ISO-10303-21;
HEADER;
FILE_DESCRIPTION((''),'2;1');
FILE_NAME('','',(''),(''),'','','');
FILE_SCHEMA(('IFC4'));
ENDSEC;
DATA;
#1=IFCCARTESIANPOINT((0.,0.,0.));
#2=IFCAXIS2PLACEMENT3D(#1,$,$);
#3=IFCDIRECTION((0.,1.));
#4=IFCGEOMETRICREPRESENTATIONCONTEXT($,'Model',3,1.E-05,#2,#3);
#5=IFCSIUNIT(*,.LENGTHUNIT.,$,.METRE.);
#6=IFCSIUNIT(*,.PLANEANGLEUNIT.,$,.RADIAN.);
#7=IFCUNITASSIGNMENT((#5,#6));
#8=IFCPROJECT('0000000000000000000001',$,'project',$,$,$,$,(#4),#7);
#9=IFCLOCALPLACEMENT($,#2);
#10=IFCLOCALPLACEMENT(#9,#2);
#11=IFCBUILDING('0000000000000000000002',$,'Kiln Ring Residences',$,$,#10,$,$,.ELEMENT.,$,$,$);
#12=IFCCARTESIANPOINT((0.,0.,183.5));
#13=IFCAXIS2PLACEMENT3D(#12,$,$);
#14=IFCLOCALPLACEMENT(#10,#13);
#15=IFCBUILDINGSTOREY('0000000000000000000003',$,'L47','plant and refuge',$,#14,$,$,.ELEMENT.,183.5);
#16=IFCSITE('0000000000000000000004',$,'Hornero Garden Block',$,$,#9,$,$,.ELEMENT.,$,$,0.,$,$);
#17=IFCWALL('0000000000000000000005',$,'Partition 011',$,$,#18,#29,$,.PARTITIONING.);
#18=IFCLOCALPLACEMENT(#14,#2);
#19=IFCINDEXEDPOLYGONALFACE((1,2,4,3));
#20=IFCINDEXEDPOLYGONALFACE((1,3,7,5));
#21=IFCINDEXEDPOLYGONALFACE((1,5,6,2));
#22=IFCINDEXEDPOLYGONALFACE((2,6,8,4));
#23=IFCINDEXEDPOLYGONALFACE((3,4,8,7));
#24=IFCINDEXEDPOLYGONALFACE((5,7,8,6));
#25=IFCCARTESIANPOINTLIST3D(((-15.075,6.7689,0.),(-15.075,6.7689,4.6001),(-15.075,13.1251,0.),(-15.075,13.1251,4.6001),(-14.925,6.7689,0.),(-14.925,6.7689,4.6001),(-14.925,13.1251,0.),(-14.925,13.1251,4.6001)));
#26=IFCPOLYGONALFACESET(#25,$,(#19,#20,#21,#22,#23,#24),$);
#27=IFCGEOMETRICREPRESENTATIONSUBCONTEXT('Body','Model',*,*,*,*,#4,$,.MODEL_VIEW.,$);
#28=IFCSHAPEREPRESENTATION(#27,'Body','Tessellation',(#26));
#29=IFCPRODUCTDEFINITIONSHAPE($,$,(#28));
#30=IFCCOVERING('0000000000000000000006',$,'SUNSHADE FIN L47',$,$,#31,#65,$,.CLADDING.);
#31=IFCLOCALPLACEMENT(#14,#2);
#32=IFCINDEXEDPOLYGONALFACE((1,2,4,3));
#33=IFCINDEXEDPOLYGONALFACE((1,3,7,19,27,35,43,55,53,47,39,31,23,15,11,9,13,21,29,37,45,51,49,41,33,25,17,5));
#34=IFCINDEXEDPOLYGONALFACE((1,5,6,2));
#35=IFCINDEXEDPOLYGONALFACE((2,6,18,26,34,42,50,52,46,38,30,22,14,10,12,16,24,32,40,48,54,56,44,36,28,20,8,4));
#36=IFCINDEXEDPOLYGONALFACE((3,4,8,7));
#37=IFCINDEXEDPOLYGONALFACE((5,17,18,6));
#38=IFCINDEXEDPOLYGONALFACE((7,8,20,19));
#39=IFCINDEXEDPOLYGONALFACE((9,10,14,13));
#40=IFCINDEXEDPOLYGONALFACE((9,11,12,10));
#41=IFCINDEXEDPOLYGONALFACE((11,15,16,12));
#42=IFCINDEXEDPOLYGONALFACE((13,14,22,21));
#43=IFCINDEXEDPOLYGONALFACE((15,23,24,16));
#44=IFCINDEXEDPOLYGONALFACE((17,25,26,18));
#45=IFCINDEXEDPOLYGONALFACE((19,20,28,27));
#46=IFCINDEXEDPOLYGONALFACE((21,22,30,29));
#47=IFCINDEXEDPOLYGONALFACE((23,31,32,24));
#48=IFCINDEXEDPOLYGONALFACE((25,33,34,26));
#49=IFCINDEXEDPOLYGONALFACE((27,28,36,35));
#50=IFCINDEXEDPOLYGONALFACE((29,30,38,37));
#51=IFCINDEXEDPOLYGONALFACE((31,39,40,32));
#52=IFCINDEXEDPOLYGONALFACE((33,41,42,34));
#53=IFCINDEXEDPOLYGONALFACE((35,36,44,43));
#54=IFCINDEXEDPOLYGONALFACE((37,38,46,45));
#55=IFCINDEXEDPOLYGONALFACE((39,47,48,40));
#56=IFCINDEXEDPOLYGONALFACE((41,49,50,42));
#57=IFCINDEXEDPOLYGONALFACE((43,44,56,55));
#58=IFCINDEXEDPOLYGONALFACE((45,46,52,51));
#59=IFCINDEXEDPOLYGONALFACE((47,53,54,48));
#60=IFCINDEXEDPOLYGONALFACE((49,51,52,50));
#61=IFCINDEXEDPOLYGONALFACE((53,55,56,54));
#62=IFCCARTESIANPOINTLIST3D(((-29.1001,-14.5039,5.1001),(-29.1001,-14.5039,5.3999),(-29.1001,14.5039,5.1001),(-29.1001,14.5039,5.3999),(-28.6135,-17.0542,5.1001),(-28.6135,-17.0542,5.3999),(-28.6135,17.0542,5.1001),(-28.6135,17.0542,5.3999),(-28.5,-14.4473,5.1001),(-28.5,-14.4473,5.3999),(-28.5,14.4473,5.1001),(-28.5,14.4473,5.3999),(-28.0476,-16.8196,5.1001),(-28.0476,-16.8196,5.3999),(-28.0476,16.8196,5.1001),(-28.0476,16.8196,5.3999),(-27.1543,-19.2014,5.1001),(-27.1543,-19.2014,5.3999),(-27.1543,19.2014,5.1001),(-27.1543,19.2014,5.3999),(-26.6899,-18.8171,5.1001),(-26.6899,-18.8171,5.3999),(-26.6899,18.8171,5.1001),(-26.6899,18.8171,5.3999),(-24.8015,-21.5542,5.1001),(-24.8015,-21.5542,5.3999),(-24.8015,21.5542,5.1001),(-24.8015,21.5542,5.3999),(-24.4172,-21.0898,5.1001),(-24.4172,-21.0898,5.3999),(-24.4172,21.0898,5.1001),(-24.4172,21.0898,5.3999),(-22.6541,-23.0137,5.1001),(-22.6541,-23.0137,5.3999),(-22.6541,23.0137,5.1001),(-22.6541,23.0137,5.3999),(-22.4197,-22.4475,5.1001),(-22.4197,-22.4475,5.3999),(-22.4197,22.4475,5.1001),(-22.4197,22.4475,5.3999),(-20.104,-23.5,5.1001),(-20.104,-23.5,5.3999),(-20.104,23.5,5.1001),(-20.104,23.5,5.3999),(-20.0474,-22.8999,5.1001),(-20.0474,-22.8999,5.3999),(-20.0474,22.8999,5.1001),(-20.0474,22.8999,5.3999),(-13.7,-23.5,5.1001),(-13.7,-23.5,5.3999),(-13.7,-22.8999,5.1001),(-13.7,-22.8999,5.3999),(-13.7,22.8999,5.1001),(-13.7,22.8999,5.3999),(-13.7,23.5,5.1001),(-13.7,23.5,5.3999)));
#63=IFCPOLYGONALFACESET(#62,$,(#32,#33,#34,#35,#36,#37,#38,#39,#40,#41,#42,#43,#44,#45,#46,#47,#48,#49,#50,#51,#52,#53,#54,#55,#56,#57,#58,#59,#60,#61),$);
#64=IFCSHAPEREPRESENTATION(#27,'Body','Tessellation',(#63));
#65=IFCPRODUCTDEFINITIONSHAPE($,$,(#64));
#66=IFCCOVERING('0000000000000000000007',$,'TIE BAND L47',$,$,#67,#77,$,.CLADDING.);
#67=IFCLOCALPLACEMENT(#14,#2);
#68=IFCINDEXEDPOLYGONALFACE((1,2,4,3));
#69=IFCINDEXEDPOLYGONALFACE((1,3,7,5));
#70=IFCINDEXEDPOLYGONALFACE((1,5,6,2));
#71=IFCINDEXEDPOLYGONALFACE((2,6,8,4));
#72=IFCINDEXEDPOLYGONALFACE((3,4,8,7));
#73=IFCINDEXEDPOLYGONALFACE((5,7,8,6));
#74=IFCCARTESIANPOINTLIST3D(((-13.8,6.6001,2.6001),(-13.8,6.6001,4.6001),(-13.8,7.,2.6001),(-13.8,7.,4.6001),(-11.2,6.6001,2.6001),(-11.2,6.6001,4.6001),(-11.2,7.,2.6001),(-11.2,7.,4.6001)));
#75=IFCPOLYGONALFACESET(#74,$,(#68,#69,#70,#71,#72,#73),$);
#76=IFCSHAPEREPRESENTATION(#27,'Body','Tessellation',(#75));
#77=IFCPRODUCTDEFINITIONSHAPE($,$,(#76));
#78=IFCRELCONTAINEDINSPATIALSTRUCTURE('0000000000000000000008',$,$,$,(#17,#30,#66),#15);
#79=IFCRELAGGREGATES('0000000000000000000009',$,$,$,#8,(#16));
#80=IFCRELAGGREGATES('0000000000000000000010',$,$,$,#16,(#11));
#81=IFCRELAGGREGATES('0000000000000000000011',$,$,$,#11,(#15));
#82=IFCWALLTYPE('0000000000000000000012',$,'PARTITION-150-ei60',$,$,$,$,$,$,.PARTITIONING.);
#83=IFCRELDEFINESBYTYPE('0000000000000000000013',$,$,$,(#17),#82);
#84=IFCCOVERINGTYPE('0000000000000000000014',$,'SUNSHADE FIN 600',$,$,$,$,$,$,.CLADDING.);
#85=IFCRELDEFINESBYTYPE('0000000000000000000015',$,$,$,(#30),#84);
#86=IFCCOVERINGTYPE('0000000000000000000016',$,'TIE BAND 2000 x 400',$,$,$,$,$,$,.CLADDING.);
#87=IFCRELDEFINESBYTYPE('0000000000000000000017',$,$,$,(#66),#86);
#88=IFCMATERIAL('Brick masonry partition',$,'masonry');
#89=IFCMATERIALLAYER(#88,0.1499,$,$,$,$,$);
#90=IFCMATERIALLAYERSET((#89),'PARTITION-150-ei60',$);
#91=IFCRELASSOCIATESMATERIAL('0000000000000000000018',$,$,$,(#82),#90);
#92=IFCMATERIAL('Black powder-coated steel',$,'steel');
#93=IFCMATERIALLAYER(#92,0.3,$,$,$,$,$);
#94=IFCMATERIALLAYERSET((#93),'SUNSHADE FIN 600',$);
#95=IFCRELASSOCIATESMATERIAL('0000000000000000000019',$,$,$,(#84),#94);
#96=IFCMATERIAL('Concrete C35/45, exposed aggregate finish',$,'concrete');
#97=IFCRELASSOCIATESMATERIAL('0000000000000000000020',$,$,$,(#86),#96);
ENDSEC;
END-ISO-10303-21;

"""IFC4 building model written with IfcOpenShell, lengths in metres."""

from ifc_helpers import new_model, si_unit, direction, frame, frame_2d, origin, origin_2d, place, context, subcontext, project, spatial, polyline, rectangle, outline, extrude, material, layer, layer_set, type_object, element, save


model = new_model("IFC4")

# Units and contexts
model_context = context("Model", 3, precision=1e-05, world=origin(), true_north=direction((0.0, 1.0)))
body_context = subcontext(model_context, "Body", "Model", "MODEL_VIEW")
ifc_project = project(units=[si_unit("LENGTHUNIT", "METRE"), si_unit("PLANEANGLEUNIT", "RADIAN")], contexts=[model_context])

# Site, building, storey
site_placement = place(None, origin())
site = spatial("IfcSite", under=ifc_project, at=site_placement, Name="Hornero Garden Block", CompositionType="ELEMENT", RefElevation=0.0)
building_placement = place(site_placement, origin())
building = spatial("IfcBuilding", under=site, at=building_placement, Name="Kiln Ring Residences", CompositionType="ELEMENT")
storey_placement = place(building_placement, frame((0.0, 0.0, 183.5)))
storey = spatial("IfcBuildingStorey", under=building, at=storey_placement, Name="L47", Description="plant and refuge", CompositionType="ELEMENT", Elevation=183.5)

# Wall
ifc_material_1 = material(Name="Brick masonry partition", Category="masonry")
ifc_layer_1 = layer(ifc_material_1, 0.1499)
ifc_layer_set_1 = layer_set([ifc_layer_1], Name="PARTITION-150-ei60")
wall_type_1 = type_object("IfcWallType", Name="PARTITION-150-ei60", PredefinedType="PARTITIONING", material=ifc_layer_set_1)
wall_1_placement = place(storey_placement, frame((-15.0, 6.7688, 0.0), z_axis=(0.0, 0.0, 1.0), x_axis=(0.0, 1.0, 0.0)))
element("IfcWall", 1, at=wall_1_placement, inside=storey, type_object=wall_type_1, Name="Partition 011", PredefinedType="PARTITIONING", context=body_context, shape_type="SweptSolid", body=[
    extrude(rectangle(XDim=6.3562, YDim=0.1499, at=frame_2d((3.1782, 0.0))), origin(), (0.0, 0.0, 1.0), 4.6001),
])

# Coverings
ifc_material_2 = material(Name="Black powder-coated steel", Category="steel")
ifc_layer_2 = layer(ifc_material_2, 0.3)
ifc_layer_set_2 = layer_set([ifc_layer_2], Name="SUNSHADE FIN 600")
covering_type_1 = type_object("IfcCoveringType", Name="SUNSHADE FIN 600", PredefinedType="CLADDING", material=ifc_layer_set_2)
covering_1_placement = place(storey_placement, frame((0.0, 0.0, 5.1001)))
element("IfcCovering", 2, at=covering_1_placement, inside=storey, type_object=covering_type_1, Name="SUNSHADE FIN L47", PredefinedType="CLADDING", context=body_context, shape_type="SweptSolid", body=[
    extrude(outline(polyline([(-28.6135, 17.0542), (-29.1001, 14.5039), (-29.1001, -14.5039), (-28.6135, -17.0542), (-27.1543, -19.2014), (-24.8015, -21.5542), (-22.6541, -23.0137), (-20.104, -23.5), (-13.7, -23.5), (-13.7, -22.8999), (-20.0474, -22.8999), (-22.4197, -22.4475), (-24.4172, -21.0898), (-26.6899, -18.8171), (-28.0476, -16.8196), (-28.5, -14.4473), (-28.5, 14.4473), (-28.0476, 16.8196), (-26.6899, 18.8171), (-24.4172, 21.0898), (-22.4197, 22.4475), (-20.0474, 22.8999), (-13.7, 22.8999), (-13.7, 23.5), (-20.104, 23.5), (-22.6541, 23.0137), (-24.8015, 21.5542), (-27.1543, 19.2014), (-28.6135, 17.0542)])), origin(), (0.0, 0.0, 1.0), 0.2998),
])
ifc_material_3 = material(Name="Concrete C35/45, exposed aggregate finish", Category="concrete")
covering_type_2 = type_object("IfcCoveringType", Name="TIE BAND 2000 x 400", PredefinedType="CLADDING", material=ifc_material_3)
covering_2_placement = place(storey_placement, frame((-12.5, 6.8, 2.6001), z_axis=(0.0, 0.0, 1.0), x_axis=(1.0, 0.0, 0.0)))
element("IfcCovering", 3, at=covering_2_placement, inside=storey, type_object=covering_type_2, Name="TIE BAND L47", PredefinedType="CLADDING", context=body_context, shape_type="SweptSolid", body=[
    extrude(rectangle(XDim=2.6001, YDim=0.3999, at=origin_2d()), origin(), (0.0, 0.0, 1.0), 2.0),
])

save(model, "model.ifc")
